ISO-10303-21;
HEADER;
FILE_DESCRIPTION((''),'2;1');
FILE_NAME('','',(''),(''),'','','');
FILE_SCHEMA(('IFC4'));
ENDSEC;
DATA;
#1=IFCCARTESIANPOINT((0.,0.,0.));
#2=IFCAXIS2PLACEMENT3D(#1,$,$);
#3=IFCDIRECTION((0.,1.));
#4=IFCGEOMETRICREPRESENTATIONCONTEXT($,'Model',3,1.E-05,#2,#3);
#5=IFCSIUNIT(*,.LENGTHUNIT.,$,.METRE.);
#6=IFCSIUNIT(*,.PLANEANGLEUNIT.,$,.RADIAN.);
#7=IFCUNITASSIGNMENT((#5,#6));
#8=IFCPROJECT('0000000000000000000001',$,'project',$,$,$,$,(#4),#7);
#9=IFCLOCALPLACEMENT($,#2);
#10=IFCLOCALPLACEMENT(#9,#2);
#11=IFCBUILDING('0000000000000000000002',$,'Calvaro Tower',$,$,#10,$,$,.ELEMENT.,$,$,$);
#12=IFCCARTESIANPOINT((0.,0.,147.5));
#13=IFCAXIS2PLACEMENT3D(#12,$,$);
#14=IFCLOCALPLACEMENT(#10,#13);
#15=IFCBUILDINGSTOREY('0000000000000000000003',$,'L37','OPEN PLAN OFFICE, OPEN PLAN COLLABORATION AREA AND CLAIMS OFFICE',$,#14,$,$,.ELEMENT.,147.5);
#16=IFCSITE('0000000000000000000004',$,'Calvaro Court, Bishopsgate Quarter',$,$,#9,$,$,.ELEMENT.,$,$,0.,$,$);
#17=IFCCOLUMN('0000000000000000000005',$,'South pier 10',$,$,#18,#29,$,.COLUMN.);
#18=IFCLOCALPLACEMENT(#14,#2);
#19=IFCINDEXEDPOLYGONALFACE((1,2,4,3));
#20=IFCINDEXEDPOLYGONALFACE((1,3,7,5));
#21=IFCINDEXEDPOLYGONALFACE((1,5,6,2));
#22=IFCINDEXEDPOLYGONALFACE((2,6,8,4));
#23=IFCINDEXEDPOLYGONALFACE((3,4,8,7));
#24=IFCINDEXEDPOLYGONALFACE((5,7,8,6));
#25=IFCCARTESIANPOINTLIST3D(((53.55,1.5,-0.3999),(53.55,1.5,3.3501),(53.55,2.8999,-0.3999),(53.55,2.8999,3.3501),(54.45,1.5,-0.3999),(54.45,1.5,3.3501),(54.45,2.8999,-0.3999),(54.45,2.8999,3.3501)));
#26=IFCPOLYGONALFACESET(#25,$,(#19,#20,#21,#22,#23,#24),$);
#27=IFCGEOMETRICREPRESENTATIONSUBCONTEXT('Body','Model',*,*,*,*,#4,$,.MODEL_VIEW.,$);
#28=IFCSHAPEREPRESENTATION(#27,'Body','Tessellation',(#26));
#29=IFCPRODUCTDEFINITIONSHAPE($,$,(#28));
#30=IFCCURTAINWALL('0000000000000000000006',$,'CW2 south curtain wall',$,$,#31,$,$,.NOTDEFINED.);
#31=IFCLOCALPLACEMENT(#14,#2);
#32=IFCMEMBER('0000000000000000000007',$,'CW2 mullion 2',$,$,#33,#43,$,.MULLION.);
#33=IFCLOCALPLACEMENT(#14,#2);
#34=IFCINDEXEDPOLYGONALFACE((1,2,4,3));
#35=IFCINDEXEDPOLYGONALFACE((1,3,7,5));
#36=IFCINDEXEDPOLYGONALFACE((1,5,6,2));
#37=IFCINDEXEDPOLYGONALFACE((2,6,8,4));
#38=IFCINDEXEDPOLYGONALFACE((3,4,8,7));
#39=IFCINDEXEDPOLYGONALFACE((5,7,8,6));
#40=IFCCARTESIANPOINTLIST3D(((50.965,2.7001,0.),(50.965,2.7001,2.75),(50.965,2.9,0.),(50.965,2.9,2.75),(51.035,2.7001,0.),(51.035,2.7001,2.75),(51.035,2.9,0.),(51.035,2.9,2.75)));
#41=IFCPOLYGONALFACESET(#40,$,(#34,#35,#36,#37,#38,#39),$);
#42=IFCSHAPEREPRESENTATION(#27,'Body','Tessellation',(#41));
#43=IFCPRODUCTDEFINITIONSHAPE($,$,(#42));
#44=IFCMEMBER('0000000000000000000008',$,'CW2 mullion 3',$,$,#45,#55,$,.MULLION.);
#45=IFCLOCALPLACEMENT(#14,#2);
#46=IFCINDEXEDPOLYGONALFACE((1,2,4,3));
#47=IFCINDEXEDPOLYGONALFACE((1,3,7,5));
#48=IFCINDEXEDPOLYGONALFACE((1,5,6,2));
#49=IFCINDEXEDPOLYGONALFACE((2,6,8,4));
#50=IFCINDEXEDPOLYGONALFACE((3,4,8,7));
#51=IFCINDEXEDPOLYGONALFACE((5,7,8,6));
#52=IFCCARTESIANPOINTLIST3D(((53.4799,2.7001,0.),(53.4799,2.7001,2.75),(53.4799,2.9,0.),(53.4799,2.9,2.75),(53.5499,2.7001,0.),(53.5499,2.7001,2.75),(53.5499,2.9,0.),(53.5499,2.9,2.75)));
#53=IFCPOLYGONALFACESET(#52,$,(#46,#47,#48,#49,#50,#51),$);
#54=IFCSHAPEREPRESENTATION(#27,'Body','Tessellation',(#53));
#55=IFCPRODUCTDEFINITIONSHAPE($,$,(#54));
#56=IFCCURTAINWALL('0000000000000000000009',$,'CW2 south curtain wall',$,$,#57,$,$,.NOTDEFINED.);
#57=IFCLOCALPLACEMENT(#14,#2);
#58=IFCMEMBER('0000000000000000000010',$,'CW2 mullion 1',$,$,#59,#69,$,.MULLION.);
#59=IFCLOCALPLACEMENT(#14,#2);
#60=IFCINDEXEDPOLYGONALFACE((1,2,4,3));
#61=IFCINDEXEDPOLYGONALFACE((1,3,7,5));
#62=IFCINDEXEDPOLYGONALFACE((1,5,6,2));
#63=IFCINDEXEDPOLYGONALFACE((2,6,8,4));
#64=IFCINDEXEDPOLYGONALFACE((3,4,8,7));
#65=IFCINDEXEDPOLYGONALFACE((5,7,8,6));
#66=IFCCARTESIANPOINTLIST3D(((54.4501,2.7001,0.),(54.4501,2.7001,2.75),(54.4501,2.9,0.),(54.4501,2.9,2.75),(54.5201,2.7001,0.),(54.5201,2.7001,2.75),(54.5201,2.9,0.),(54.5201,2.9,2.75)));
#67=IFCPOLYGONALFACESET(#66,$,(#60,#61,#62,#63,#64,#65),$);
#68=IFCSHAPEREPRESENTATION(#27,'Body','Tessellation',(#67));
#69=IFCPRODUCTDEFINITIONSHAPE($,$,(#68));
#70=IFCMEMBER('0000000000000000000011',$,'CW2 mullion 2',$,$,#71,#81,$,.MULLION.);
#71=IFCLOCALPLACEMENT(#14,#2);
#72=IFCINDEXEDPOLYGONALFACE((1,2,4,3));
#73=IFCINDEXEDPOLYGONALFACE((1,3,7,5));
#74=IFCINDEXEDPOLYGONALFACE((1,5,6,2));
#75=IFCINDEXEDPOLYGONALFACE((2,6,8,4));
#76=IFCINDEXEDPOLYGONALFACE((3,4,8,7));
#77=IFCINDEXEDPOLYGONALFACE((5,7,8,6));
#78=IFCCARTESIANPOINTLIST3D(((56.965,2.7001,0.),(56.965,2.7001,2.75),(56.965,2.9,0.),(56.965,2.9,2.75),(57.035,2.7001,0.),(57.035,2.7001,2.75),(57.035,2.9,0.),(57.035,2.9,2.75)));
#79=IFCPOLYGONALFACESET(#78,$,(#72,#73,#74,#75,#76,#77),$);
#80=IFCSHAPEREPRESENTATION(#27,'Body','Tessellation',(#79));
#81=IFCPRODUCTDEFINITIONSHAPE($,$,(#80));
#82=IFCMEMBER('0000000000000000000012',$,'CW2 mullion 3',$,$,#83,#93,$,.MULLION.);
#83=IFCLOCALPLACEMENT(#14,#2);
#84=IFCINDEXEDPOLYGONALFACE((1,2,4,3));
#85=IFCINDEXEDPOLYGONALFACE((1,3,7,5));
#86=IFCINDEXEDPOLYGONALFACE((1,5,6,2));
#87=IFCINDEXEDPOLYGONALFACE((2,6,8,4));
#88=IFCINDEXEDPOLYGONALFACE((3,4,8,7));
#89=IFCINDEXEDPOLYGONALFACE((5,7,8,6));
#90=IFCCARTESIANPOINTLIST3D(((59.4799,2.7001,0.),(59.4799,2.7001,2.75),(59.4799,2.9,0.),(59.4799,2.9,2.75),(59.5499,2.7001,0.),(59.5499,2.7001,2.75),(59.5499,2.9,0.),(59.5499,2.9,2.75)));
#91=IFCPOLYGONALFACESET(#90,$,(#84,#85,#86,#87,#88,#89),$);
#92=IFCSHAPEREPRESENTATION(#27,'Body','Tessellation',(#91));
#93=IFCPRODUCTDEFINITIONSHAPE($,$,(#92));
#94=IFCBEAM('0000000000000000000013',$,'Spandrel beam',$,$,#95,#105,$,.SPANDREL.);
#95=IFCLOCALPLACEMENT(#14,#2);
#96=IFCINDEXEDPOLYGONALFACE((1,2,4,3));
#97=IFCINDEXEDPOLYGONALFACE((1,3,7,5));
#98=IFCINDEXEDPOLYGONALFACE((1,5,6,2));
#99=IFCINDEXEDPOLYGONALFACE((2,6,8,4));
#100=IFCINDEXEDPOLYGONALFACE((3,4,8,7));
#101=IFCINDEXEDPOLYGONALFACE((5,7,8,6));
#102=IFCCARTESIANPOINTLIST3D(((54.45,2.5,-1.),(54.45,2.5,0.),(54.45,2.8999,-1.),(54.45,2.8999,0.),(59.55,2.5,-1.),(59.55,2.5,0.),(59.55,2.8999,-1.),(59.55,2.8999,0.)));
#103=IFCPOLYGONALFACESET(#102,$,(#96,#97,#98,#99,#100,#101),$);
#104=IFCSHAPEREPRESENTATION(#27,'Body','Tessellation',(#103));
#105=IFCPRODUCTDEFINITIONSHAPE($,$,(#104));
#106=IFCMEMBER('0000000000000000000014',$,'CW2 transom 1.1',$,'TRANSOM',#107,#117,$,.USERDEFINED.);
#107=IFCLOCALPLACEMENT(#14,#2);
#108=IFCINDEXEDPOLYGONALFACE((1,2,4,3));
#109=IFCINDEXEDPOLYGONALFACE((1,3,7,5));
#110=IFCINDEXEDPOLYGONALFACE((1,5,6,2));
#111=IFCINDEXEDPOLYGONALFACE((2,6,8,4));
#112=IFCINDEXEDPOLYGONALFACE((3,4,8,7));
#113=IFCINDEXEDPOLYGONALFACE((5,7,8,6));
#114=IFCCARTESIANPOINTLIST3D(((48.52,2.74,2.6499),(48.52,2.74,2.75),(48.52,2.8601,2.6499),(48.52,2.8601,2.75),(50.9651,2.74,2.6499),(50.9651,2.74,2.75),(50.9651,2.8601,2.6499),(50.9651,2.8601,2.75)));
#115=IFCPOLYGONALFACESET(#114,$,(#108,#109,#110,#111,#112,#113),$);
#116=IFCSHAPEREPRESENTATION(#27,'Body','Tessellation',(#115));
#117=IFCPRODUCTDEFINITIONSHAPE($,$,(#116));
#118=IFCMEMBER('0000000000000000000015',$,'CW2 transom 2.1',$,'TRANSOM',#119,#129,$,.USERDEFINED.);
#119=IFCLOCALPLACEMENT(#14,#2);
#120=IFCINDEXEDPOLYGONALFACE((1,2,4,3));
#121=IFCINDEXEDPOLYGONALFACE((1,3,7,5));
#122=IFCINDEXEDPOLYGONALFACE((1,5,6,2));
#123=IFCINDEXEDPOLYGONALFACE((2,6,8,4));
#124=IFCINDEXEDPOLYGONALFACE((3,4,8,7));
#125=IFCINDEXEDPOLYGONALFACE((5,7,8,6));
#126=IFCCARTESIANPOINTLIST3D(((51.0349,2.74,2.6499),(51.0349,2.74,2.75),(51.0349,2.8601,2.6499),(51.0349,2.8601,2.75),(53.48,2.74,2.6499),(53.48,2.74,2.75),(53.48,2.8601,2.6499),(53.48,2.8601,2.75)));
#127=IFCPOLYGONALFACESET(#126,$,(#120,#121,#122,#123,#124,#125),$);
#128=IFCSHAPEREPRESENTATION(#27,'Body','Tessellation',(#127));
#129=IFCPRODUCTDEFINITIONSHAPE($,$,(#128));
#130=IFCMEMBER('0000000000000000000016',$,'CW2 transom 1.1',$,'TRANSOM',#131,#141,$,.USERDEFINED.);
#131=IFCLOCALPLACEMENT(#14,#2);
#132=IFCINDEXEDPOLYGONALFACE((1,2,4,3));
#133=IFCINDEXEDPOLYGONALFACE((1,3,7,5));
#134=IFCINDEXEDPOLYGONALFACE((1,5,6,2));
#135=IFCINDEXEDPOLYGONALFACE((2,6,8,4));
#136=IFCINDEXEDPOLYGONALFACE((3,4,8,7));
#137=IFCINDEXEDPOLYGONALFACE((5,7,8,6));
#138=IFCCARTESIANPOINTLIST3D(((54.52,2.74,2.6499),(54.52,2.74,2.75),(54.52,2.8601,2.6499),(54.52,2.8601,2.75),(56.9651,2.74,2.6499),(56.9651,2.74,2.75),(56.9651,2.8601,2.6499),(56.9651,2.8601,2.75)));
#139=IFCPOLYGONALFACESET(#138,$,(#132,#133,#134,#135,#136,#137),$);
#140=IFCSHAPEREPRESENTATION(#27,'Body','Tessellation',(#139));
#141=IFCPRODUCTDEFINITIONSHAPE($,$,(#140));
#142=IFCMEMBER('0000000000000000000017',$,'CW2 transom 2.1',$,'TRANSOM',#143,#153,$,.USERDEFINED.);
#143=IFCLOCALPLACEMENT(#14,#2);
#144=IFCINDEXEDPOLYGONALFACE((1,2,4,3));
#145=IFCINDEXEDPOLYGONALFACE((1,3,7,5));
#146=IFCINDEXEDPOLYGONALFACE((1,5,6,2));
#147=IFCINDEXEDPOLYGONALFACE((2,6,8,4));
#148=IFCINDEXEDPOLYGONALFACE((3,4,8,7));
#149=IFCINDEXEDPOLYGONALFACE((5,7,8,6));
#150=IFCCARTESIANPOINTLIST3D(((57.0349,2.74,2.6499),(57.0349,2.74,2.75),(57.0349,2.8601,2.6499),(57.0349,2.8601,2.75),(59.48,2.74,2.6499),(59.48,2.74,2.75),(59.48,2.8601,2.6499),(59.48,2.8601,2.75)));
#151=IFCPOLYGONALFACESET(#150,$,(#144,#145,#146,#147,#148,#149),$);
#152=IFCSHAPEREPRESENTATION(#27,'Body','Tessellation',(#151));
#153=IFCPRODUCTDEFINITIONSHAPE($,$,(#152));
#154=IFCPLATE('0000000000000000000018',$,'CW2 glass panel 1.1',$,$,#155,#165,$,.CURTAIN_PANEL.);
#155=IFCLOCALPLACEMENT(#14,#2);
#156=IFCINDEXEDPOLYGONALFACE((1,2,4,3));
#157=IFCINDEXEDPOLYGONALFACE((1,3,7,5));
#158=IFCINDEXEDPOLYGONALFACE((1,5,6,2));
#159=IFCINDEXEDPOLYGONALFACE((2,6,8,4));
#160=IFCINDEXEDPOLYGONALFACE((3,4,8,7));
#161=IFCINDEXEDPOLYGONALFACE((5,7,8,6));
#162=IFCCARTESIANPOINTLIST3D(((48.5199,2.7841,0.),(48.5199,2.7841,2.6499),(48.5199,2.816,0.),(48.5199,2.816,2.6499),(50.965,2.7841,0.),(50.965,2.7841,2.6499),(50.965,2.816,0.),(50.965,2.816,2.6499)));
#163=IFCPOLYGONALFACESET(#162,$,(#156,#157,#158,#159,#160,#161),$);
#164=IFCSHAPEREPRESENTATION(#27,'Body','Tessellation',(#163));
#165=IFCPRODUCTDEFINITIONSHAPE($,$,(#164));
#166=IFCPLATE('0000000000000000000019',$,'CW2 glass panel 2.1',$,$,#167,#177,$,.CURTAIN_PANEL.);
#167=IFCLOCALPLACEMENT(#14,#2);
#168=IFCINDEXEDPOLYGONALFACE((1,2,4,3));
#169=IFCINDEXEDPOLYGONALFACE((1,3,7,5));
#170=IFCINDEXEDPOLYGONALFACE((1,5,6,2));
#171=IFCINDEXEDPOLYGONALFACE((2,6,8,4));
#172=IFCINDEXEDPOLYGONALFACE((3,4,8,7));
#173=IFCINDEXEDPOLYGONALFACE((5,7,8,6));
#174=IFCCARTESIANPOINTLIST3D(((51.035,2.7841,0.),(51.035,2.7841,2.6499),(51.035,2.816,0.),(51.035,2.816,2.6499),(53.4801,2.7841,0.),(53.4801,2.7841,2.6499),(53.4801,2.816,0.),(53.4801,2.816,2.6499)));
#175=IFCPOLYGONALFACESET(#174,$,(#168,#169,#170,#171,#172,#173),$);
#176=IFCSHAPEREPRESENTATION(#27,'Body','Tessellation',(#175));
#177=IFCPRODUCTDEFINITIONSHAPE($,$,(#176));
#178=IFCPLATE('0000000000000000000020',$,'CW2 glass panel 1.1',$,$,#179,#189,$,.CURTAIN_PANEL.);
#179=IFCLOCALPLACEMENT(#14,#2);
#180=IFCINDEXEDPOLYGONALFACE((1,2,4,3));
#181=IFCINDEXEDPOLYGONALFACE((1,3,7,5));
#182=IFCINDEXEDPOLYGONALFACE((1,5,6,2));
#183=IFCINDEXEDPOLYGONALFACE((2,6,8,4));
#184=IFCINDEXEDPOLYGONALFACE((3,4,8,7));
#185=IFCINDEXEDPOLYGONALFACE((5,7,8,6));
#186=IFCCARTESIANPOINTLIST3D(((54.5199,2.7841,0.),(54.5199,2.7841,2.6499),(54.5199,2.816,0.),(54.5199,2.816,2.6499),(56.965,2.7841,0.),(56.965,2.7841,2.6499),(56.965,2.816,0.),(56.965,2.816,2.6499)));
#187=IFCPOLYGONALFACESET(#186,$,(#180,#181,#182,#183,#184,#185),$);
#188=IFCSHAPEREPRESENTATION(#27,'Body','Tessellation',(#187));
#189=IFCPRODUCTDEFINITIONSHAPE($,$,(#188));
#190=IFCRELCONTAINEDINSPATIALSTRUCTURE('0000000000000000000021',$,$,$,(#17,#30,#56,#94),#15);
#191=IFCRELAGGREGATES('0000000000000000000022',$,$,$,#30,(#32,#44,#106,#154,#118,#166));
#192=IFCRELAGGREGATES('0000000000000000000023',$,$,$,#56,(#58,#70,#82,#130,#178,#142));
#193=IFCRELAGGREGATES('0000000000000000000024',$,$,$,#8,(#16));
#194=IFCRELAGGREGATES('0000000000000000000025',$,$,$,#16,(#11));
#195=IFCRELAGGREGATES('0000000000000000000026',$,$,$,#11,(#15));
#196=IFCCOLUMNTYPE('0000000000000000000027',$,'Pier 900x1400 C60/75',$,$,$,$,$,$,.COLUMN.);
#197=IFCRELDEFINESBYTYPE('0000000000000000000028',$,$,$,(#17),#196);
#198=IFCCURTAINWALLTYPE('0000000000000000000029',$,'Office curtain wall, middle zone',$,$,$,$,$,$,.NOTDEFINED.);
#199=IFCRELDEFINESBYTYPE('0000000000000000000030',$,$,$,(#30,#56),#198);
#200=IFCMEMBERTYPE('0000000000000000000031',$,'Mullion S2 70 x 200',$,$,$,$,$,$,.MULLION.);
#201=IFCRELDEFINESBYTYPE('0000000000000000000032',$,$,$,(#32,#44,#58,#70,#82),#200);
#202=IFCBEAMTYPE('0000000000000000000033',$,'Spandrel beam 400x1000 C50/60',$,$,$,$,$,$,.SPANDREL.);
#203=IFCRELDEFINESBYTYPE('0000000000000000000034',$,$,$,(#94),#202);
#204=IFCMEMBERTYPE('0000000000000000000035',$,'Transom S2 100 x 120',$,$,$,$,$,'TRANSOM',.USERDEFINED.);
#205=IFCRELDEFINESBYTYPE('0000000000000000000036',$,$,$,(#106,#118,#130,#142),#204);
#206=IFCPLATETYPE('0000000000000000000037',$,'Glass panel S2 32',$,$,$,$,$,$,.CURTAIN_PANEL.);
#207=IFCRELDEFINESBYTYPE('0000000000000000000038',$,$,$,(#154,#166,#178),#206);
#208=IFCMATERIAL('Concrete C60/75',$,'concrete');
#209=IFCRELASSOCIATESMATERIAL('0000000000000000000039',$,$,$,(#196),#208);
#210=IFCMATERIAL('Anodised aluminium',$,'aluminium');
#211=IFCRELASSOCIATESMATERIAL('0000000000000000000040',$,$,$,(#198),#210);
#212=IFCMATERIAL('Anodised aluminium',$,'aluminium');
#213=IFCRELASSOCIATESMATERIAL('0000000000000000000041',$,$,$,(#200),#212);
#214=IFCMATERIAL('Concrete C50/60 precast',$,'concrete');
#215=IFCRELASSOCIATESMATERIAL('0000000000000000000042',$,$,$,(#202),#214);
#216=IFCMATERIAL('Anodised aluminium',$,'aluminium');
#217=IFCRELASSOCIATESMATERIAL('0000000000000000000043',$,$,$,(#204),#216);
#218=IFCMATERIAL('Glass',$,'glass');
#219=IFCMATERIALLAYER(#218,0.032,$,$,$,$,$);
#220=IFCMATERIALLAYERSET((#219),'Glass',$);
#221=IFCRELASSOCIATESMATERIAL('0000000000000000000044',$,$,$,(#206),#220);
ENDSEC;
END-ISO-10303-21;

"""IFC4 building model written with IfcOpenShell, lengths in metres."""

from ifc_helpers import new_model, si_unit, direction, frame, origin, origin_2d, place, context, subcontext, project, spatial, rectangle, extrude, material, layer, layer_set, material_profile, profile_set, type_object, element, aggregate, save


model = new_model("IFC4")

# Units and contexts
model_context = context("Model", 3, precision=1e-05, world=origin(), true_north=direction((0.0, 1.0)))
body_context = subcontext(model_context, "Body", "Model", "MODEL_VIEW")
ifc_project = project(units=[si_unit("LENGTHUNIT", "METRE"), si_unit("PLANEANGLEUNIT", "RADIAN")], contexts=[model_context])

# Site, building, storey
site_placement = place(None, origin())
site = spatial("IfcSite", under=ifc_project, at=site_placement, Name="Calvaro Court, Bishopsgate Quarter", CompositionType="ELEMENT", RefElevation=0.0)
building_placement = place(site_placement, origin())
building = spatial("IfcBuilding", under=site, at=building_placement, Name="Calvaro Tower", CompositionType="ELEMENT")
storey_placement = place(building_placement, frame((0.0, 0.0, 147.5)))
storey = spatial("IfcBuildingStorey", under=building, at=storey_placement, Name="L37", Description="OPEN PLAN OFFICE, OPEN PLAN COLLABORATION AREA AND CLAIMS OFFICE", CompositionType="ELEMENT", Elevation=147.5)

# Column
ifc_material_1 = material(Name="Concrete C60/75", Category="concrete")
ifc_material_profile_1 = material_profile(ifc_material_1, rectangle(XDim=0.8999, YDim=1.3999, at=origin_2d()), Name="RC 900x1400")
ifc_profile_set_1 = profile_set([ifc_material_profile_1], Name="Concrete C60/75")
column_type = type_object("IfcColumnType", Name="Pier 900x1400 C60/75", PredefinedType="COLUMN", material=ifc_profile_set_1)
column_placement = place(storey_placement, frame((54.0, 2.2, -0.3999), z_axis=(0.0, 0.0, 1.0), x_axis=(1.0, 0.0, 0.0)))
element("IfcColumn", 1, at=column_placement, inside=storey, type_object=column_type, Name="South pier 10", PredefinedType="COLUMN", context=body_context, shape_type="SweptSolid", body=[
    extrude(rectangle(XDim=0.8999, YDim=1.3999, at=origin_2d()), origin(), (0.0, 0.0, 1.0), 3.75),
])

# Curtain walls, members
ifc_material_2 = material(Name="Anodised aluminium", Category="aluminium")
curtain_wall_type = type_object("IfcCurtainWallType", Name="Office curtain wall, middle zone", PredefinedType="NOTDEFINED", material=ifc_material_2)
curtain_wall_1_placement = place(storey_placement, origin())
curtain_wall_1 = element("IfcCurtainWall", 2, at=curtain_wall_1_placement, inside=storey, type_object=curtain_wall_type, Name="CW2 south curtain wall", PredefinedType="NOTDEFINED")
ifc_material_3 = material(Name="Anodised aluminium", Category="aluminium")
ifc_material_profile_2 = material_profile(ifc_material_3, rectangle(XDim=0.2, YDim=0.0701, at=origin_2d()), Name="Mullion S2 70 x 200")
ifc_profile_set_2 = profile_set([ifc_material_profile_2], Name="Anodised aluminium")
member_type_1 = type_object("IfcMemberType", Name="Mullion S2 70 x 200", PredefinedType="MULLION", material=ifc_profile_set_2)
member_1_placement = place(storey_placement, frame((51.0, 2.8, 0.0), z_axis=(0.0, 0.0, 1.0), x_axis=(0.0, 1.0, 0.0)))
member_1 = element("IfcMember", 3, at=member_1_placement, type_object=member_type_1, Name="CW2 mullion 2", PredefinedType="MULLION", context=body_context, shape_type="SweptSolid", body=[
    extrude(rectangle(XDim=0.2, YDim=0.0701, at=origin_2d()), origin(), (0.0, 0.0, 1.0), 2.75),
])
member_2_placement = place(storey_placement, frame((53.5149, 2.8, 0.0), z_axis=(0.0, 0.0, 1.0), x_axis=(0.0, 1.0, 0.0)))
member_2 = element("IfcMember", 4, at=member_2_placement, type_object=member_type_1, Name="CW2 mullion 3", PredefinedType="MULLION", context=body_context, shape_type="SweptSolid", body=[
    extrude(rectangle(XDim=0.2, YDim=0.0701, at=origin_2d()), origin(), (0.0, 0.0, 1.0), 2.75),
])
curtain_wall_2_placement = place(storey_placement, origin())
curtain_wall_2 = element("IfcCurtainWall", 5, at=curtain_wall_2_placement, inside=storey, type_object=curtain_wall_type, Name="CW2 south curtain wall", PredefinedType="NOTDEFINED")
member_3_placement = place(storey_placement, frame((54.4851, 2.8, 0.0), z_axis=(0.0, 0.0, 1.0), x_axis=(0.0, 1.0, 0.0)))
member_3 = element("IfcMember", 6, at=member_3_placement, type_object=member_type_1, Name="CW2 mullion 1", PredefinedType="MULLION", context=body_context, shape_type="SweptSolid", body=[
    extrude(rectangle(XDim=0.2, YDim=0.0701, at=origin_2d()), origin(), (0.0, 0.0, 1.0), 2.75),
])
member_4_placement = place(storey_placement, frame((57.0, 2.8, 0.0), z_axis=(0.0, 0.0, 1.0), x_axis=(0.0, 1.0, 0.0)))
member_4 = element("IfcMember", 7, at=member_4_placement, type_object=member_type_1, Name="CW2 mullion 2", PredefinedType="MULLION", context=body_context, shape_type="SweptSolid", body=[
    extrude(rectangle(XDim=0.2, YDim=0.0701, at=origin_2d()), origin(), (0.0, 0.0, 1.0), 2.75),
])
member_5_placement = place(storey_placement, frame((59.5149, 2.8, 0.0), z_axis=(0.0, 0.0, 1.0), x_axis=(0.0, 1.0, 0.0)))
member_5 = element("IfcMember", 8, at=member_5_placement, type_object=member_type_1, Name="CW2 mullion 3", PredefinedType="MULLION", context=body_context, shape_type="SweptSolid", body=[
    extrude(rectangle(XDim=0.2, YDim=0.0701, at=origin_2d()), origin(), (0.0, 0.0, 1.0), 2.75),
])

# Beam
ifc_material_4 = material(Name="Concrete C50/60 precast", Category="concrete")
ifc_material_profile_3 = material_profile(ifc_material_4, rectangle(XDim=0.3999, YDim=1.0, at=origin_2d()), Name="RC 400x1000")
ifc_profile_set_3 = profile_set([ifc_material_profile_3], Name="Concrete C50/60 precast")
beam_type = type_object("IfcBeamType", Name="Spandrel beam 400x1000 C50/60", PredefinedType="SPANDREL", material=ifc_profile_set_3)
beam_placement = place(storey_placement, frame((54.45, 2.7, -0.5), z_axis=(1.0, 0.0, 0.0), x_axis=(0.0, 1.0, 0.0)))
element("IfcBeam", 9, at=beam_placement, inside=storey, type_object=beam_type, Name="Spandrel beam", PredefinedType="SPANDREL", context=body_context, shape_type="SweptSolid", body=[
    extrude(rectangle(XDim=0.3999, YDim=1.0, at=origin_2d()), origin(), (0.0, 0.0, 1.0), 5.1001),
])

# Members
ifc_material_5 = material(Name="Anodised aluminium", Category="aluminium")
ifc_material_profile_4 = material_profile(ifc_material_5, rectangle(XDim=0.1201, YDim=0.1001, at=origin_2d()), Name="Transom S2 100 x 120")
ifc_profile_set_4 = profile_set([ifc_material_profile_4], Name="Anodised aluminium")
member_type_2 = type_object("IfcMemberType", Name="Transom S2 100 x 120", ElementType="TRANSOM", PredefinedType="USERDEFINED", material=ifc_profile_set_4)
member_6_placement = place(storey_placement, frame((48.52, 2.8, 2.7), z_axis=(1.0, 0.0, 0.0), x_axis=(0.0, 1.0, 0.0)))
member_6 = element("IfcMember", 10, at=member_6_placement, type_object=member_type_2, Name="CW2 transom 1.1", ObjectType="TRANSOM", PredefinedType="USERDEFINED", context=body_context, shape_type="SweptSolid", body=[
    extrude(rectangle(XDim=0.1201, YDim=0.1001, at=origin_2d()), origin(), (0.0, 0.0, 1.0), 2.4451),
])
member_7_placement = place(storey_placement, frame((51.0349, 2.8, 2.7), z_axis=(1.0, 0.0, 0.0), x_axis=(0.0, 1.0, 0.0)))
member_7 = element("IfcMember", 11, at=member_7_placement, type_object=member_type_2, Name="CW2 transom 2.1", ObjectType="TRANSOM", PredefinedType="USERDEFINED", context=body_context, shape_type="SweptSolid", body=[
    extrude(rectangle(XDim=0.1201, YDim=0.1001, at=origin_2d()), origin(), (0.0, 0.0, 1.0), 2.4451),
])
member_8_placement = place(storey_placement, frame((54.52, 2.8, 2.7), z_axis=(1.0, 0.0, 0.0), x_axis=(0.0, 1.0, 0.0)))
member_8 = element("IfcMember", 12, at=member_8_placement, type_object=member_type_2, Name="CW2 transom 1.1", ObjectType="TRANSOM", PredefinedType="USERDEFINED", context=body_context, shape_type="SweptSolid", body=[
    extrude(rectangle(XDim=0.1201, YDim=0.1001, at=origin_2d()), origin(), (0.0, 0.0, 1.0), 2.4451),
])
member_9_placement = place(storey_placement, frame((57.0349, 2.8, 2.7), z_axis=(1.0, 0.0, 0.0), x_axis=(0.0, 1.0, 0.0)))
member_9 = element("IfcMember", 13, at=member_9_placement, type_object=member_type_2, Name="CW2 transom 2.1", ObjectType="TRANSOM", PredefinedType="USERDEFINED", context=body_context, shape_type="SweptSolid", body=[
    extrude(rectangle(XDim=0.1201, YDim=0.1001, at=origin_2d()), origin(), (0.0, 0.0, 1.0), 2.4451),
])

# Plates
ifc_material_6 = material(Name="Glass", Category="glass")
ifc_layer = layer(ifc_material_6, 0.032)
ifc_layer_set = layer_set([ifc_layer], Name="Glass")
plate_type = type_object("IfcPlateType", Name="Glass panel S2 32", PredefinedType="CURTAIN_PANEL", material=ifc_layer_set)
plate_1_placement = place(storey_placement, frame((49.7424, 2.8, 0.0), z_axis=(0.0, 0.0, 1.0), x_axis=(1.0, 0.0, 0.0)))
plate_1 = element("IfcPlate", 14, at=plate_1_placement, type_object=plate_type, Name="CW2 glass panel 1.1", PredefinedType="CURTAIN_PANEL", context=body_context, shape_type="SweptSolid", body=[
    extrude(rectangle(XDim=2.4451, YDim=0.032, at=origin_2d()), origin(), (0.0, 0.0, 1.0), 2.6499),
])
plate_2_placement = place(storey_placement, frame((52.2576, 2.8, 0.0), z_axis=(0.0, 0.0, 1.0), x_axis=(1.0, 0.0, 0.0)))
plate_2 = element("IfcPlate", 15, at=plate_2_placement, type_object=plate_type, Name="CW2 glass panel 2.1", PredefinedType="CURTAIN_PANEL", context=body_context, shape_type="SweptSolid", body=[
    extrude(rectangle(XDim=2.4451, YDim=0.032, at=origin_2d()), origin(), (0.0, 0.0, 1.0), 2.6499),
])
aggregate(curtain_wall_1, [member_1, member_2, member_6, plate_1, member_7, plate_2])
plate_3_placement = place(storey_placement, frame((55.7424, 2.8, 0.0), z_axis=(0.0, 0.0, 1.0), x_axis=(1.0, 0.0, 0.0)))
plate_3 = element("IfcPlate", 16, at=plate_3_placement, type_object=plate_type, Name="CW2 glass panel 1.1", PredefinedType="CURTAIN_PANEL", context=body_context, shape_type="SweptSolid", body=[
    extrude(rectangle(XDim=2.4451, YDim=0.032, at=origin_2d()), origin(), (0.0, 0.0, 1.0), 2.6499),
])
aggregate(curtain_wall_2, [member_3, member_4, member_5, member_8, plate_3, member_9])

save(model, "model.ifc")
